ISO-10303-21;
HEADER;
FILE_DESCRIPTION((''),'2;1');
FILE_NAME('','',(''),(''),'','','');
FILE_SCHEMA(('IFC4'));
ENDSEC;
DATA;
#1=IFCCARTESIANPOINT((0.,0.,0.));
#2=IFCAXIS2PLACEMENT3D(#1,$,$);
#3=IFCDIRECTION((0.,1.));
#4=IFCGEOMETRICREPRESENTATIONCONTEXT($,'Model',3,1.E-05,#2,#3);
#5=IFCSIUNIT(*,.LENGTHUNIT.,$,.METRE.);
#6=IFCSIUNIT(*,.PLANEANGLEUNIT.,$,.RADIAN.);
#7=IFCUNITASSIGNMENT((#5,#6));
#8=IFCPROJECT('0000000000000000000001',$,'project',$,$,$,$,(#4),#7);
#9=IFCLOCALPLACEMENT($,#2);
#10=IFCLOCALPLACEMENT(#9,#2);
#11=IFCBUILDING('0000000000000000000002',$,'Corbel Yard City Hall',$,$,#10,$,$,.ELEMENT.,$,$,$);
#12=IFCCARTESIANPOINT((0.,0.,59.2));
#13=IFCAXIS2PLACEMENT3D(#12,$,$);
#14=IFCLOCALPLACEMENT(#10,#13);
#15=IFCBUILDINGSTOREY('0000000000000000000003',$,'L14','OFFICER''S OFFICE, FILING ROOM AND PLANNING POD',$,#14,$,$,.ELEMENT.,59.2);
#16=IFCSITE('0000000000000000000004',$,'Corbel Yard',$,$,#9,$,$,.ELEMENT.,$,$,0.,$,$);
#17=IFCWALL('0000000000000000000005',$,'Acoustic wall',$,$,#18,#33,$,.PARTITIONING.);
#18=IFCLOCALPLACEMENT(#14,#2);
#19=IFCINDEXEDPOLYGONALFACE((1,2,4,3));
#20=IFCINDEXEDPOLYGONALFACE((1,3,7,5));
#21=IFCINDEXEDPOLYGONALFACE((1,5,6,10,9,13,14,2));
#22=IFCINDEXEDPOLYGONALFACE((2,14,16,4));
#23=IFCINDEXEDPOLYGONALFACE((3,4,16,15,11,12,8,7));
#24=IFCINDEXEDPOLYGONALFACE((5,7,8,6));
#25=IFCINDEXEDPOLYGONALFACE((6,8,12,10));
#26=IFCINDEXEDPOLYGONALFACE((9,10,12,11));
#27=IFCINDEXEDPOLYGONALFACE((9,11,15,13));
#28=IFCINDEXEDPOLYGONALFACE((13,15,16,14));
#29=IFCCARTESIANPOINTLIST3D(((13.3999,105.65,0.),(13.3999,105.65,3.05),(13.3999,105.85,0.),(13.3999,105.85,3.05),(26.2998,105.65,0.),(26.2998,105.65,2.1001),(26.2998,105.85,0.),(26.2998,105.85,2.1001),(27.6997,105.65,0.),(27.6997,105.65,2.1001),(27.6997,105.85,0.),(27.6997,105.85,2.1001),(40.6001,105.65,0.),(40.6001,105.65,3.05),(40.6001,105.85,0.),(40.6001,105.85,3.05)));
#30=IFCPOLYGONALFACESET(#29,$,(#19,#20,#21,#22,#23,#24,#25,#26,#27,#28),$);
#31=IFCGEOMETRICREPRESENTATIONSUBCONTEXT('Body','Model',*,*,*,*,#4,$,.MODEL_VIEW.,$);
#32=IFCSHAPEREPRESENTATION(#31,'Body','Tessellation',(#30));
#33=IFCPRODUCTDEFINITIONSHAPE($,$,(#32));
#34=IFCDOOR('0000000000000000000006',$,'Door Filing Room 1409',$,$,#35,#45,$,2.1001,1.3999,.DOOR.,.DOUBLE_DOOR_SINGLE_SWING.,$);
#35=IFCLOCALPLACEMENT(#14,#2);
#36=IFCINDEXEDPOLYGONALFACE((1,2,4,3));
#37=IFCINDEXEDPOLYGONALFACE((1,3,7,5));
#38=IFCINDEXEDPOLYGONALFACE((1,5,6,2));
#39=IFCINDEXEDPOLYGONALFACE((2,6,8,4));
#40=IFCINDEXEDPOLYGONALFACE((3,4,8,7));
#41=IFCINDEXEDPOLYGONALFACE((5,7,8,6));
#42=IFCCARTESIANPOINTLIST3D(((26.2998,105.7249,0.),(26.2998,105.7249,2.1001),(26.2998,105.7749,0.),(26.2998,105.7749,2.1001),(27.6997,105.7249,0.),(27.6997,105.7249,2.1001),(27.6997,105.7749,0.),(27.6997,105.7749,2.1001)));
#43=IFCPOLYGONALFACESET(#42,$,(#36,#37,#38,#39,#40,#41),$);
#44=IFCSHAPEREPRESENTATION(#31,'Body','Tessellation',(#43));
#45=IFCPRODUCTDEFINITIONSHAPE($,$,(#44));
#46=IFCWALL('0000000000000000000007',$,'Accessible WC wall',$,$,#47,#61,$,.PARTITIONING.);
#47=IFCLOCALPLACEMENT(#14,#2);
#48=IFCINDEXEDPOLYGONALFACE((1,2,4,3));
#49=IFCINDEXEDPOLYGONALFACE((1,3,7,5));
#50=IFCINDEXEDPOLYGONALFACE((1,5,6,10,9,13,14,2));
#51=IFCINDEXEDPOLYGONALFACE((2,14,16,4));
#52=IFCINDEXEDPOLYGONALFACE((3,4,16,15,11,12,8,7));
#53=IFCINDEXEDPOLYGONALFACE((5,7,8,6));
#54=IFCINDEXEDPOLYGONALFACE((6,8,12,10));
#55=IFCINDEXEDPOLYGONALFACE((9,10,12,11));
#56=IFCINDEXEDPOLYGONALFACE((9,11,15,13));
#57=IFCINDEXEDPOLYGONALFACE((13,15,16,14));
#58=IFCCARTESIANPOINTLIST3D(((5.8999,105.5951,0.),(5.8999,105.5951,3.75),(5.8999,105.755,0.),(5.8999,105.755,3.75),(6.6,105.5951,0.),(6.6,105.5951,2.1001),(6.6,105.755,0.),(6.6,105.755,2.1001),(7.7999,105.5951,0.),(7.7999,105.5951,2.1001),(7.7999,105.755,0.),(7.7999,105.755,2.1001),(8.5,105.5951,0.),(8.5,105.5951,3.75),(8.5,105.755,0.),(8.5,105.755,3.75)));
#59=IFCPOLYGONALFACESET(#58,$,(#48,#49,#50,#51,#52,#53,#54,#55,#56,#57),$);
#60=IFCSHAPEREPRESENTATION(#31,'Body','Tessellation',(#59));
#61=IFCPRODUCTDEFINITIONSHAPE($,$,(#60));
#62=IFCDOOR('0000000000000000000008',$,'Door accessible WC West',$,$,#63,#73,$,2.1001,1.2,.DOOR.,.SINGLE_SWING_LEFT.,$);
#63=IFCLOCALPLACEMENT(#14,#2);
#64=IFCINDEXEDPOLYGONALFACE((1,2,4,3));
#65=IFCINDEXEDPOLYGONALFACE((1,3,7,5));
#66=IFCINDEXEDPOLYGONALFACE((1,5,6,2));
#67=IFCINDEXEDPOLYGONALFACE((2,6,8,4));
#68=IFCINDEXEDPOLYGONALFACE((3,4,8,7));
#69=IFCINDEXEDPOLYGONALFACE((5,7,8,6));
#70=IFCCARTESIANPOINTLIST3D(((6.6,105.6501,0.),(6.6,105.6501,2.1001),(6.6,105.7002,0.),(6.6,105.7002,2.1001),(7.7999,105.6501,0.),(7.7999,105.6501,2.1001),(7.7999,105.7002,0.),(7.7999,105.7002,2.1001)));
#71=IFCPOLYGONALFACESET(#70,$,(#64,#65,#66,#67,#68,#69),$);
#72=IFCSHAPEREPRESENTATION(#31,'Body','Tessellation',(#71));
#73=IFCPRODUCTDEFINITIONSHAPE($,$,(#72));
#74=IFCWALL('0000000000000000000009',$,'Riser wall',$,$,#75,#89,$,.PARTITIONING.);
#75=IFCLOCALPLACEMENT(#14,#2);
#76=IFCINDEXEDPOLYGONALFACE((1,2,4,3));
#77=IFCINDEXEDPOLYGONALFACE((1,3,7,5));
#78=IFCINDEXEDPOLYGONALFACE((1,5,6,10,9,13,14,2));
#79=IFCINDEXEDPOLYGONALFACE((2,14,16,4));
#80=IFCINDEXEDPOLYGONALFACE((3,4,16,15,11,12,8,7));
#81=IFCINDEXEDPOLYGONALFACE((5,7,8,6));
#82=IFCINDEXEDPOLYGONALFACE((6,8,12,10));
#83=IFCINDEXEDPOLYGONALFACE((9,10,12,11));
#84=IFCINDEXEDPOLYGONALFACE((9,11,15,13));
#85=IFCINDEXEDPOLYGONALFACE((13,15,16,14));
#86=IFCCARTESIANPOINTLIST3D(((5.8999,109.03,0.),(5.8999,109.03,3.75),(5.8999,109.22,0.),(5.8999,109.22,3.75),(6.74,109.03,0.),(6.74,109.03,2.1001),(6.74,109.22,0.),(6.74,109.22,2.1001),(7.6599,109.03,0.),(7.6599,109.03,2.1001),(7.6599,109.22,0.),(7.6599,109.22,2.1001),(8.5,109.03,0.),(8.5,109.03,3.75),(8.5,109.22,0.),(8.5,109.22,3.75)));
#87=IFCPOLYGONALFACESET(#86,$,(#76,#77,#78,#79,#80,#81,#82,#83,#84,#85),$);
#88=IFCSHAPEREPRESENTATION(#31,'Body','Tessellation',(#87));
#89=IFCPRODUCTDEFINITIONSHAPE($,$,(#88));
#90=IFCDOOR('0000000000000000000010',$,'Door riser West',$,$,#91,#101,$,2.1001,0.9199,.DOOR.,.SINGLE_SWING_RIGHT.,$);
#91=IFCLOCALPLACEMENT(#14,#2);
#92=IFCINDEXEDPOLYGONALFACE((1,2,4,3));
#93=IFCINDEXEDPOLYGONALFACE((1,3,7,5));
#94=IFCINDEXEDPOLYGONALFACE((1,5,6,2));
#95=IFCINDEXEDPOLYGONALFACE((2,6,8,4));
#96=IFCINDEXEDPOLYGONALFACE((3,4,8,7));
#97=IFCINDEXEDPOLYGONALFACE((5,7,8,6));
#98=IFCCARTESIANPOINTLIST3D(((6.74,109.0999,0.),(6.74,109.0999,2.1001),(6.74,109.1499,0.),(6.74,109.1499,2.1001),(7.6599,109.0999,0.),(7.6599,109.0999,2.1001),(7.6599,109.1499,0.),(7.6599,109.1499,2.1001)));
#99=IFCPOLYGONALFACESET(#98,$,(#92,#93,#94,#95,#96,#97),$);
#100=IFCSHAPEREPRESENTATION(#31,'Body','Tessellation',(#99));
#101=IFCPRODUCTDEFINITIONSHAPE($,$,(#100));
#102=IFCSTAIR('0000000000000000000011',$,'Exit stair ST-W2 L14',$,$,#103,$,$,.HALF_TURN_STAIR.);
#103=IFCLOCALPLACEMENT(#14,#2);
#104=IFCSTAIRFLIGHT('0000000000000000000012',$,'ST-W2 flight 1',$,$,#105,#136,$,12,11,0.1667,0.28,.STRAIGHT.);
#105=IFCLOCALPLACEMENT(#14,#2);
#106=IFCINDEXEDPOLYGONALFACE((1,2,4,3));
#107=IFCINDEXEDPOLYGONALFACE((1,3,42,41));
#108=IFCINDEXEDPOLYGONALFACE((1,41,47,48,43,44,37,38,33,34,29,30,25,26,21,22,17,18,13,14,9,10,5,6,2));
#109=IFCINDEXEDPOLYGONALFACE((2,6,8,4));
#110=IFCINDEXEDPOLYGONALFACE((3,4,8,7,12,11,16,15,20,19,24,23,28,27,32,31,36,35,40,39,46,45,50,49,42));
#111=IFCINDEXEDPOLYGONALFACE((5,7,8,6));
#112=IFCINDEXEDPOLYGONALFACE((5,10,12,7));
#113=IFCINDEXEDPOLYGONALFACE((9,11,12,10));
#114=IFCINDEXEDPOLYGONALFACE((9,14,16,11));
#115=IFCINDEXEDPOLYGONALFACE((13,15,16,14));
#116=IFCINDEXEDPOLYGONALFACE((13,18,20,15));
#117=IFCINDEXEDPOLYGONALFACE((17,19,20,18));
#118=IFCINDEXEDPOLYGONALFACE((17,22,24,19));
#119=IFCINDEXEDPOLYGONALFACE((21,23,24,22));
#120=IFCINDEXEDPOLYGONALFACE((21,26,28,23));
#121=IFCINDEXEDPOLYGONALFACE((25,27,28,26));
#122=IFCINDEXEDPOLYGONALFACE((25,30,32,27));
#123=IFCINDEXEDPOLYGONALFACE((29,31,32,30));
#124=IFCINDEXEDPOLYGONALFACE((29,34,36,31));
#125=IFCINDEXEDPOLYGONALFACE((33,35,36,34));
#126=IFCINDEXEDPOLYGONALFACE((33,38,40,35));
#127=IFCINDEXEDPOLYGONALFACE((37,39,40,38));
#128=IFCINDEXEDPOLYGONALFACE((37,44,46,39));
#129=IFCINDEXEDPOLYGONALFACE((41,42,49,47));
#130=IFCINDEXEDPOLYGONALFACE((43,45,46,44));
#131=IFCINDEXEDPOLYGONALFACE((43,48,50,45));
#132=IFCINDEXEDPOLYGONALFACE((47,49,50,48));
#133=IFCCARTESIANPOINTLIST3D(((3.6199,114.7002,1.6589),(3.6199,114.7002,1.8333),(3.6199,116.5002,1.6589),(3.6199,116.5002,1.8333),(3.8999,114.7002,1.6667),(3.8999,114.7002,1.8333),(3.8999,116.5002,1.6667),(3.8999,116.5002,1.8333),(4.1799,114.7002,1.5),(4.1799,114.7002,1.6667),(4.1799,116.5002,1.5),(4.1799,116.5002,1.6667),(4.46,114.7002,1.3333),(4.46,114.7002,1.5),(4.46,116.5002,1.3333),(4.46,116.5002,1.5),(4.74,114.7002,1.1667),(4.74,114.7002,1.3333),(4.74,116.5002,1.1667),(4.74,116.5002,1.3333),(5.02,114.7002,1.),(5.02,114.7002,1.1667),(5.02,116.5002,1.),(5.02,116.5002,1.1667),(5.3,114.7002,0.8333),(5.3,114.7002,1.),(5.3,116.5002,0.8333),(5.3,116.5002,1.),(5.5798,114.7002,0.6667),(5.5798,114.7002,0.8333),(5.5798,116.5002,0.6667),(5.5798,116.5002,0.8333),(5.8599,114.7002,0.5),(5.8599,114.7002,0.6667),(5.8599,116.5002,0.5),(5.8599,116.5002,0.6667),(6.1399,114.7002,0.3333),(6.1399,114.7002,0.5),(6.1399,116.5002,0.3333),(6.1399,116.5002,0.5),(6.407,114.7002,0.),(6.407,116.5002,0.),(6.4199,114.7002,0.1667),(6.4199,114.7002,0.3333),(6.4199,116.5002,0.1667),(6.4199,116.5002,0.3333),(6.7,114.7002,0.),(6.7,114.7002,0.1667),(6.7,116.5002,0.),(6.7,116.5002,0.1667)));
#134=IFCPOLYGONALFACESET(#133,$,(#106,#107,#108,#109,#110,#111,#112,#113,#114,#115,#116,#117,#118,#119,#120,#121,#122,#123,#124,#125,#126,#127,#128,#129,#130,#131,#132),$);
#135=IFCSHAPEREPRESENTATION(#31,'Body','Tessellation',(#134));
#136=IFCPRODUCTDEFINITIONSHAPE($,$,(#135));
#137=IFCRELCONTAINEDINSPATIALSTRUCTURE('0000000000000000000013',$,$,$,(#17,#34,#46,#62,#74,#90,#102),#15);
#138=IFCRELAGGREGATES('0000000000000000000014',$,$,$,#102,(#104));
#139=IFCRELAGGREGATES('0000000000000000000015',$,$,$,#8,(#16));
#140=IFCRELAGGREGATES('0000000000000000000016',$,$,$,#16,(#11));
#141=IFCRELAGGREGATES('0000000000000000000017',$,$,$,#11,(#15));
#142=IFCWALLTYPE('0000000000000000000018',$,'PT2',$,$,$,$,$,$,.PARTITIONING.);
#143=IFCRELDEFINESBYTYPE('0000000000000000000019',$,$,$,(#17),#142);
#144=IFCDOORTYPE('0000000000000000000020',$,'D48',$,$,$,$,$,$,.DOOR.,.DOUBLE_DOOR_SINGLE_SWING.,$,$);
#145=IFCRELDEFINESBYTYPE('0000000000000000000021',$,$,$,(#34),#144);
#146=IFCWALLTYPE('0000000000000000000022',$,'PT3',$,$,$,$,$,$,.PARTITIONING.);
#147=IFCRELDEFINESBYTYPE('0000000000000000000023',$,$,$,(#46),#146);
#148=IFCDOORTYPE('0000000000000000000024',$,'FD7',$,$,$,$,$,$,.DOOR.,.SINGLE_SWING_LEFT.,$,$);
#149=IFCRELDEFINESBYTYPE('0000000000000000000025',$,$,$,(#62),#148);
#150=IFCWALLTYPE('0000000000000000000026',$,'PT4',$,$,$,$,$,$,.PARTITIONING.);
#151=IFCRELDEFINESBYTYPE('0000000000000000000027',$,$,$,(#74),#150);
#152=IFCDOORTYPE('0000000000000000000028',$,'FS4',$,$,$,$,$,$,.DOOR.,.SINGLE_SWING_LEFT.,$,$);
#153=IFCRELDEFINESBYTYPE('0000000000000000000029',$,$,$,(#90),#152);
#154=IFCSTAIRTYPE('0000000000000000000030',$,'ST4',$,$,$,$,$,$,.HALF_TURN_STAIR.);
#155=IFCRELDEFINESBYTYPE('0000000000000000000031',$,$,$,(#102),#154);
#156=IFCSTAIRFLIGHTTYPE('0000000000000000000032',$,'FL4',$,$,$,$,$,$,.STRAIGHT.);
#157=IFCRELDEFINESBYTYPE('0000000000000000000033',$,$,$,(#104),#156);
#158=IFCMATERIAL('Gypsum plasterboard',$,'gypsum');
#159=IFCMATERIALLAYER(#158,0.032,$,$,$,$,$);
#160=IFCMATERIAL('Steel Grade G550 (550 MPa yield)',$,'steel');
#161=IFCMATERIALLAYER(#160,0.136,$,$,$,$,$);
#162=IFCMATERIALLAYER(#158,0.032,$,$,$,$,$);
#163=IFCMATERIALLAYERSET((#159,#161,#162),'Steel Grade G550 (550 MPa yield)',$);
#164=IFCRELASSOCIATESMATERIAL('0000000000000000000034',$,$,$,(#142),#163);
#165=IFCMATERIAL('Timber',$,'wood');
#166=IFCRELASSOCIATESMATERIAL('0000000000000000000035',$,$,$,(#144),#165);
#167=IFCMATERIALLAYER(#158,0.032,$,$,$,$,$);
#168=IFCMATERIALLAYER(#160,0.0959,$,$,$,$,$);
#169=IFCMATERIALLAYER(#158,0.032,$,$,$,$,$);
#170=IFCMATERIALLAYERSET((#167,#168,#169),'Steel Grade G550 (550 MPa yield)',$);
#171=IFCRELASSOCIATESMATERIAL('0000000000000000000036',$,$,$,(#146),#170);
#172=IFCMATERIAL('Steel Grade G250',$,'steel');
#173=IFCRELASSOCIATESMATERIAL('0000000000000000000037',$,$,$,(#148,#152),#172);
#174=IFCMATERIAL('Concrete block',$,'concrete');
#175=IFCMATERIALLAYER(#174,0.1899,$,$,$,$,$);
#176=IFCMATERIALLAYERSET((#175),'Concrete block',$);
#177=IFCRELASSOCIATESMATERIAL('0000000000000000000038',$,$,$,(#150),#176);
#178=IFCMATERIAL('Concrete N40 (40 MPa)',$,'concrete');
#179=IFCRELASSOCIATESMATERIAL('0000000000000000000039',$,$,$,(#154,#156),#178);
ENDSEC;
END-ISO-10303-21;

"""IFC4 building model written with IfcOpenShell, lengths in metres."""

from ifc_helpers import new_model, si_unit, direction, frame, frame_2d, origin, place, context, subcontext, project, spatial, polyline, rectangle, outline, extrude, material, layer, layer_set, type_object, element, fill, aggregate, save


model = new_model("IFC4")

# Units and contexts
model_context = context("Model", 3, precision=1e-05, world=origin(), true_north=direction((0.0, 1.0)))
body_context = subcontext(model_context, "Body", "Model", "MODEL_VIEW")
ifc_project = project(units=[si_unit("LENGTHUNIT", "METRE"), si_unit("PLANEANGLEUNIT", "RADIAN")], contexts=[model_context])

# Site, building, storey
site_placement = place(None, origin())
site = spatial("IfcSite", under=ifc_project, at=site_placement, Name="Corbel Yard", CompositionType="ELEMENT", RefElevation=0.0)
building_placement = place(site_placement, origin())
building = spatial("IfcBuilding", under=site, at=building_placement, Name="Corbel Yard City Hall", CompositionType="ELEMENT")
storey_placement = place(building_placement, frame((0.0, 0.0, 59.2)))
storey = spatial("IfcBuildingStorey", under=building, at=storey_placement, Name="L14", Description="OFFICER'S OFFICE, FILING ROOM AND PLANNING POD", CompositionType="ELEMENT", Elevation=59.2)

# Shared definitions
ifc_material_1 = material(Name="Concrete N40 (40 MPa)", Category="concrete")

# Walls, openings, doors
ifc_material_2 = material(Name="Gypsum plasterboard", Category="gypsum")
ifc_layer_1 = layer(ifc_material_2, 0.032)
ifc_material_3 = material(Name="Steel Grade G550 (550 MPa yield)", Category="steel")
ifc_layer_2 = layer(ifc_material_3, 0.136)
ifc_layer_3 = layer(ifc_material_2, 0.032)
ifc_layer_set_1 = layer_set([ifc_layer_1, ifc_layer_2, ifc_layer_3], Name="Steel Grade G550 (550 MPa yield)")
wall_type_1 = type_object("IfcWallType", Name="PT2", PredefinedType="PARTITIONING", material=ifc_layer_set_1)
wall_1_placement = place(storey_placement, frame((13.3999, 105.75, 0.0), z_axis=(0.0, 0.0, 1.0), x_axis=(1.0, 0.0, 0.0)))
wall_1 = element("IfcWall", 1, at=wall_1_placement, inside=storey, type_object=wall_type_1, Name="Acoustic wall", PredefinedType="PARTITIONING", context=body_context, shape_type="SweptSolid", body=[
    extrude(rectangle(XDim=27.2002, YDim=0.2, at=frame_2d((13.6001, 0.0))), origin(), (0.0, 0.0, 1.0), 3.05),
])
opening_1_placement = place(wall_1_placement, frame((12.8999, 0.0, 0.0)))
opening_1 = element("IfcOpeningElement", 2, at=opening_1_placement, cuts=wall_1, PredefinedType="OPENING", context=body_context, shape_type="SweptSolid", body=[
    extrude(rectangle(XDim=1.3999, YDim=2.1001, at=frame_2d((0.7, 1.05))), frame((0.0, 0.1099, 0.0), z_axis=(0.0, -1.0, 0.0), x_axis=(1.0, 0.0, 0.0)), (0.0, 0.0, 1.0), 0.22),
])
ifc_material_4 = material(Name="Timber", Category="wood")
door_type_1 = type_object("IfcDoorType", Name="D48", OperationType="DOUBLE_DOOR_SINGLE_SWING", PredefinedType="DOOR", material=ifc_material_4)
door_1_placement = place(opening_1_placement, origin())
door_1 = element("IfcDoor", 3, at=door_1_placement, inside=storey, type_object=door_type_1, Name="Door Filing Room 1409", OperationType="DOUBLE_DOOR_SINGLE_SWING", OverallHeight=2.1001, OverallWidth=1.3999, PredefinedType="DOOR", context=body_context, shape_type="SweptSolid", body=[
    extrude(rectangle(XDim=1.3999, YDim=2.1001, at=frame_2d((0.7, 1.05))), frame((0.0, 0.0249, 0.0), z_axis=(0.0, -1.0, 0.0), x_axis=(1.0, 0.0, 0.0)), (0.0, 0.0, 1.0), 0.05),
])
fill(opening_1, door_1)
ifc_layer_4 = layer(ifc_material_2, 0.032)
ifc_layer_5 = layer(ifc_material_3, 0.0959)
ifc_layer_6 = layer(ifc_material_2, 0.032)
ifc_layer_set_2 = layer_set([ifc_layer_4, ifc_layer_5, ifc_layer_6], Name="Steel Grade G550 (550 MPa yield)")
wall_type_2 = type_object("IfcWallType", Name="PT3", PredefinedType="PARTITIONING", material=ifc_layer_set_2)
wall_2_placement = place(storey_placement, frame((8.5, 105.675, 0.0), z_axis=(0.0, 0.0, 1.0), x_axis=(-1.0, 0.0, 0.0)))
wall_2 = element("IfcWall", 4, at=wall_2_placement, inside=storey, type_object=wall_type_2, Name="Accessible WC wall", PredefinedType="PARTITIONING", context=body_context, shape_type="SweptSolid", body=[
    extrude(rectangle(XDim=2.6001, YDim=0.1599, at=frame_2d((1.3, 0.0))), origin(), (0.0, 0.0, 1.0), 3.75),
])
opening_2_placement = place(wall_2_placement, frame((0.7, 0.0, 0.0)))
opening_2 = element("IfcOpeningElement", 5, at=opening_2_placement, cuts=wall_2, PredefinedType="OPENING", context=body_context, shape_type="SweptSolid", body=[
    extrude(rectangle(XDim=1.2, YDim=2.1001, at=frame_2d((0.6001, 1.05))), frame((0.0, 0.0898, 0.0), z_axis=(0.0, -1.0, 0.0), x_axis=(1.0, 0.0, 0.0)), (0.0, 0.0, 1.0), 0.1799),
])
ifc_material_5 = material(Name="Steel Grade G250", Category="steel")
door_type_2 = type_object("IfcDoorType", Name="FD7", OperationType="SINGLE_SWING_LEFT", PredefinedType="DOOR", material=ifc_material_5)
door_2_placement = place(opening_2_placement, origin())
door_2 = element("IfcDoor", 6, at=door_2_placement, inside=storey, type_object=door_type_2, Name="Door accessible WC West", OperationType="SINGLE_SWING_LEFT", OverallHeight=2.1001, OverallWidth=1.2, PredefinedType="DOOR", context=body_context, shape_type="SweptSolid", body=[
    extrude(rectangle(XDim=1.2, YDim=2.1001, at=frame_2d((0.6001, 1.05))), frame((0.0, 0.0249, 0.0), z_axis=(0.0, -1.0, 0.0), x_axis=(1.0, 0.0, 0.0)), (0.0, 0.0, 1.0), 0.05),
])
fill(opening_2, door_2)
ifc_material_6 = material(Name="Concrete block", Category="concrete")
ifc_layer_7 = layer(ifc_material_6, 0.1899)
ifc_layer_set_3 = layer_set([ifc_layer_7], Name="Concrete block")
wall_type_3 = type_object("IfcWallType", Name="PT4", PredefinedType="PARTITIONING", material=ifc_layer_set_3)
wall_3_placement = place(storey_placement, frame((8.5, 109.125, 0.0), z_axis=(0.0, 0.0, 1.0), x_axis=(-1.0, 0.0, 0.0)))
wall_3 = element("IfcWall", 7, at=wall_3_placement, inside=storey, type_object=wall_type_3, Name="Riser wall", PredefinedType="PARTITIONING", context=body_context, shape_type="SweptSolid", body=[
    extrude(rectangle(XDim=2.6001, YDim=0.1899, at=frame_2d((1.3, 0.0))), origin(), (0.0, 0.0, 1.0), 3.75),
])
opening_3_placement = place(wall_3_placement, frame((0.8401, 0.0, 0.0)))
opening_3 = element("IfcOpeningElement", 8, at=opening_3_placement, cuts=wall_3, PredefinedType="OPENING", context=body_context, shape_type="SweptSolid", body=[
    extrude(rectangle(XDim=0.9199, YDim=2.1001, at=frame_2d((0.46, 1.05))), frame((0.0, 0.105, 0.0), z_axis=(0.0, -1.0, 0.0), x_axis=(1.0, 0.0, 0.0)), (0.0, 0.0, 1.0), 0.21),
])
door_type_3 = type_object("IfcDoorType", Name="FS4", OperationType="SINGLE_SWING_LEFT", PredefinedType="DOOR", material=ifc_material_5)
door_3_placement = place(opening_3_placement, frame((0.9199, 0.0, 0.0), z_axis=(0.0, 0.0, 1.0), x_axis=(-1.0, 0.0, 0.0)))
door_3 = element("IfcDoor", 9, at=door_3_placement, inside=storey, type_object=door_type_3, Name="Door riser West", OperationType="SINGLE_SWING_RIGHT", OverallHeight=2.1001, OverallWidth=0.9199, PredefinedType="DOOR", context=body_context, shape_type="SweptSolid", body=[
    extrude(rectangle(XDim=0.9199, YDim=2.1001, at=frame_2d((0.46, 1.05))), frame((0.0, 0.0249, 0.0), z_axis=(0.0, -1.0, 0.0), x_axis=(1.0, 0.0, 0.0)), (0.0, 0.0, 1.0), 0.05),
])
fill(opening_3, door_3)

# Stair, stair flight
stair_type = type_object("IfcStairType", Name="ST4", PredefinedType="HALF_TURN_STAIR", material=ifc_material_1)
stair_placement = place(storey_placement, origin())
stair = element("IfcStair", 10, at=stair_placement, inside=storey, type_object=stair_type, Name="Exit stair ST-W2 L14", PredefinedType="HALF_TURN_STAIR")
stair_flight_type = type_object("IfcStairFlightType", Name="FL4", PredefinedType="STRAIGHT", material=ifc_material_1)
stair_flight_1_placement = place(storey_placement, frame((6.7, 115.6001, 0.0), z_axis=(0.0, 0.0, 1.0), x_axis=(-1.0, 0.0, 0.0)))
stair_flight_1 = element("IfcStairFlight", 11, at=stair_flight_1_placement, type_object=stair_flight_type, Name="ST-W2 flight 1", NumberOfRisers=12, NumberOfTreads=11, PredefinedType="STRAIGHT", RiserHeight=0.1667, TreadLength=0.28, context=body_context, shape_type="SweptSolid", body=[
    extrude(outline(polyline([(0.0, 0.0), (0.0, 0.1667), (0.28, 0.1667), (0.28, 0.3333), (0.5601, 0.3333), (0.5601, 0.5), (0.8401, 0.5), (0.8401, 0.6667), (1.1201, 0.6667), (1.1201, 0.8333), (1.3999, 0.8333), (1.3999, 1.0), (1.6799, 1.0), (1.6799, 1.1667), (1.96, 1.1667), (1.96, 1.3333), (2.24, 1.3333), (2.24, 1.5), (2.52, 1.5), (2.52, 1.6667), (2.8, 1.6667), (2.8, 1.8333), (3.0801, 1.8333), (3.0801, 2.0), (3.0801, 1.6589), (0.293, 0.0), (0.0, 0.0)])), frame((0.0, 0.8999, 0.0), z_axis=(0.0, -1.0, 0.0), x_axis=(1.0, 0.0, 0.0)), (0.0, 0.0, 1.0), 1.8),
])
aggregate(stair, [stair_flight_1])

save(model, "model.ifc")
